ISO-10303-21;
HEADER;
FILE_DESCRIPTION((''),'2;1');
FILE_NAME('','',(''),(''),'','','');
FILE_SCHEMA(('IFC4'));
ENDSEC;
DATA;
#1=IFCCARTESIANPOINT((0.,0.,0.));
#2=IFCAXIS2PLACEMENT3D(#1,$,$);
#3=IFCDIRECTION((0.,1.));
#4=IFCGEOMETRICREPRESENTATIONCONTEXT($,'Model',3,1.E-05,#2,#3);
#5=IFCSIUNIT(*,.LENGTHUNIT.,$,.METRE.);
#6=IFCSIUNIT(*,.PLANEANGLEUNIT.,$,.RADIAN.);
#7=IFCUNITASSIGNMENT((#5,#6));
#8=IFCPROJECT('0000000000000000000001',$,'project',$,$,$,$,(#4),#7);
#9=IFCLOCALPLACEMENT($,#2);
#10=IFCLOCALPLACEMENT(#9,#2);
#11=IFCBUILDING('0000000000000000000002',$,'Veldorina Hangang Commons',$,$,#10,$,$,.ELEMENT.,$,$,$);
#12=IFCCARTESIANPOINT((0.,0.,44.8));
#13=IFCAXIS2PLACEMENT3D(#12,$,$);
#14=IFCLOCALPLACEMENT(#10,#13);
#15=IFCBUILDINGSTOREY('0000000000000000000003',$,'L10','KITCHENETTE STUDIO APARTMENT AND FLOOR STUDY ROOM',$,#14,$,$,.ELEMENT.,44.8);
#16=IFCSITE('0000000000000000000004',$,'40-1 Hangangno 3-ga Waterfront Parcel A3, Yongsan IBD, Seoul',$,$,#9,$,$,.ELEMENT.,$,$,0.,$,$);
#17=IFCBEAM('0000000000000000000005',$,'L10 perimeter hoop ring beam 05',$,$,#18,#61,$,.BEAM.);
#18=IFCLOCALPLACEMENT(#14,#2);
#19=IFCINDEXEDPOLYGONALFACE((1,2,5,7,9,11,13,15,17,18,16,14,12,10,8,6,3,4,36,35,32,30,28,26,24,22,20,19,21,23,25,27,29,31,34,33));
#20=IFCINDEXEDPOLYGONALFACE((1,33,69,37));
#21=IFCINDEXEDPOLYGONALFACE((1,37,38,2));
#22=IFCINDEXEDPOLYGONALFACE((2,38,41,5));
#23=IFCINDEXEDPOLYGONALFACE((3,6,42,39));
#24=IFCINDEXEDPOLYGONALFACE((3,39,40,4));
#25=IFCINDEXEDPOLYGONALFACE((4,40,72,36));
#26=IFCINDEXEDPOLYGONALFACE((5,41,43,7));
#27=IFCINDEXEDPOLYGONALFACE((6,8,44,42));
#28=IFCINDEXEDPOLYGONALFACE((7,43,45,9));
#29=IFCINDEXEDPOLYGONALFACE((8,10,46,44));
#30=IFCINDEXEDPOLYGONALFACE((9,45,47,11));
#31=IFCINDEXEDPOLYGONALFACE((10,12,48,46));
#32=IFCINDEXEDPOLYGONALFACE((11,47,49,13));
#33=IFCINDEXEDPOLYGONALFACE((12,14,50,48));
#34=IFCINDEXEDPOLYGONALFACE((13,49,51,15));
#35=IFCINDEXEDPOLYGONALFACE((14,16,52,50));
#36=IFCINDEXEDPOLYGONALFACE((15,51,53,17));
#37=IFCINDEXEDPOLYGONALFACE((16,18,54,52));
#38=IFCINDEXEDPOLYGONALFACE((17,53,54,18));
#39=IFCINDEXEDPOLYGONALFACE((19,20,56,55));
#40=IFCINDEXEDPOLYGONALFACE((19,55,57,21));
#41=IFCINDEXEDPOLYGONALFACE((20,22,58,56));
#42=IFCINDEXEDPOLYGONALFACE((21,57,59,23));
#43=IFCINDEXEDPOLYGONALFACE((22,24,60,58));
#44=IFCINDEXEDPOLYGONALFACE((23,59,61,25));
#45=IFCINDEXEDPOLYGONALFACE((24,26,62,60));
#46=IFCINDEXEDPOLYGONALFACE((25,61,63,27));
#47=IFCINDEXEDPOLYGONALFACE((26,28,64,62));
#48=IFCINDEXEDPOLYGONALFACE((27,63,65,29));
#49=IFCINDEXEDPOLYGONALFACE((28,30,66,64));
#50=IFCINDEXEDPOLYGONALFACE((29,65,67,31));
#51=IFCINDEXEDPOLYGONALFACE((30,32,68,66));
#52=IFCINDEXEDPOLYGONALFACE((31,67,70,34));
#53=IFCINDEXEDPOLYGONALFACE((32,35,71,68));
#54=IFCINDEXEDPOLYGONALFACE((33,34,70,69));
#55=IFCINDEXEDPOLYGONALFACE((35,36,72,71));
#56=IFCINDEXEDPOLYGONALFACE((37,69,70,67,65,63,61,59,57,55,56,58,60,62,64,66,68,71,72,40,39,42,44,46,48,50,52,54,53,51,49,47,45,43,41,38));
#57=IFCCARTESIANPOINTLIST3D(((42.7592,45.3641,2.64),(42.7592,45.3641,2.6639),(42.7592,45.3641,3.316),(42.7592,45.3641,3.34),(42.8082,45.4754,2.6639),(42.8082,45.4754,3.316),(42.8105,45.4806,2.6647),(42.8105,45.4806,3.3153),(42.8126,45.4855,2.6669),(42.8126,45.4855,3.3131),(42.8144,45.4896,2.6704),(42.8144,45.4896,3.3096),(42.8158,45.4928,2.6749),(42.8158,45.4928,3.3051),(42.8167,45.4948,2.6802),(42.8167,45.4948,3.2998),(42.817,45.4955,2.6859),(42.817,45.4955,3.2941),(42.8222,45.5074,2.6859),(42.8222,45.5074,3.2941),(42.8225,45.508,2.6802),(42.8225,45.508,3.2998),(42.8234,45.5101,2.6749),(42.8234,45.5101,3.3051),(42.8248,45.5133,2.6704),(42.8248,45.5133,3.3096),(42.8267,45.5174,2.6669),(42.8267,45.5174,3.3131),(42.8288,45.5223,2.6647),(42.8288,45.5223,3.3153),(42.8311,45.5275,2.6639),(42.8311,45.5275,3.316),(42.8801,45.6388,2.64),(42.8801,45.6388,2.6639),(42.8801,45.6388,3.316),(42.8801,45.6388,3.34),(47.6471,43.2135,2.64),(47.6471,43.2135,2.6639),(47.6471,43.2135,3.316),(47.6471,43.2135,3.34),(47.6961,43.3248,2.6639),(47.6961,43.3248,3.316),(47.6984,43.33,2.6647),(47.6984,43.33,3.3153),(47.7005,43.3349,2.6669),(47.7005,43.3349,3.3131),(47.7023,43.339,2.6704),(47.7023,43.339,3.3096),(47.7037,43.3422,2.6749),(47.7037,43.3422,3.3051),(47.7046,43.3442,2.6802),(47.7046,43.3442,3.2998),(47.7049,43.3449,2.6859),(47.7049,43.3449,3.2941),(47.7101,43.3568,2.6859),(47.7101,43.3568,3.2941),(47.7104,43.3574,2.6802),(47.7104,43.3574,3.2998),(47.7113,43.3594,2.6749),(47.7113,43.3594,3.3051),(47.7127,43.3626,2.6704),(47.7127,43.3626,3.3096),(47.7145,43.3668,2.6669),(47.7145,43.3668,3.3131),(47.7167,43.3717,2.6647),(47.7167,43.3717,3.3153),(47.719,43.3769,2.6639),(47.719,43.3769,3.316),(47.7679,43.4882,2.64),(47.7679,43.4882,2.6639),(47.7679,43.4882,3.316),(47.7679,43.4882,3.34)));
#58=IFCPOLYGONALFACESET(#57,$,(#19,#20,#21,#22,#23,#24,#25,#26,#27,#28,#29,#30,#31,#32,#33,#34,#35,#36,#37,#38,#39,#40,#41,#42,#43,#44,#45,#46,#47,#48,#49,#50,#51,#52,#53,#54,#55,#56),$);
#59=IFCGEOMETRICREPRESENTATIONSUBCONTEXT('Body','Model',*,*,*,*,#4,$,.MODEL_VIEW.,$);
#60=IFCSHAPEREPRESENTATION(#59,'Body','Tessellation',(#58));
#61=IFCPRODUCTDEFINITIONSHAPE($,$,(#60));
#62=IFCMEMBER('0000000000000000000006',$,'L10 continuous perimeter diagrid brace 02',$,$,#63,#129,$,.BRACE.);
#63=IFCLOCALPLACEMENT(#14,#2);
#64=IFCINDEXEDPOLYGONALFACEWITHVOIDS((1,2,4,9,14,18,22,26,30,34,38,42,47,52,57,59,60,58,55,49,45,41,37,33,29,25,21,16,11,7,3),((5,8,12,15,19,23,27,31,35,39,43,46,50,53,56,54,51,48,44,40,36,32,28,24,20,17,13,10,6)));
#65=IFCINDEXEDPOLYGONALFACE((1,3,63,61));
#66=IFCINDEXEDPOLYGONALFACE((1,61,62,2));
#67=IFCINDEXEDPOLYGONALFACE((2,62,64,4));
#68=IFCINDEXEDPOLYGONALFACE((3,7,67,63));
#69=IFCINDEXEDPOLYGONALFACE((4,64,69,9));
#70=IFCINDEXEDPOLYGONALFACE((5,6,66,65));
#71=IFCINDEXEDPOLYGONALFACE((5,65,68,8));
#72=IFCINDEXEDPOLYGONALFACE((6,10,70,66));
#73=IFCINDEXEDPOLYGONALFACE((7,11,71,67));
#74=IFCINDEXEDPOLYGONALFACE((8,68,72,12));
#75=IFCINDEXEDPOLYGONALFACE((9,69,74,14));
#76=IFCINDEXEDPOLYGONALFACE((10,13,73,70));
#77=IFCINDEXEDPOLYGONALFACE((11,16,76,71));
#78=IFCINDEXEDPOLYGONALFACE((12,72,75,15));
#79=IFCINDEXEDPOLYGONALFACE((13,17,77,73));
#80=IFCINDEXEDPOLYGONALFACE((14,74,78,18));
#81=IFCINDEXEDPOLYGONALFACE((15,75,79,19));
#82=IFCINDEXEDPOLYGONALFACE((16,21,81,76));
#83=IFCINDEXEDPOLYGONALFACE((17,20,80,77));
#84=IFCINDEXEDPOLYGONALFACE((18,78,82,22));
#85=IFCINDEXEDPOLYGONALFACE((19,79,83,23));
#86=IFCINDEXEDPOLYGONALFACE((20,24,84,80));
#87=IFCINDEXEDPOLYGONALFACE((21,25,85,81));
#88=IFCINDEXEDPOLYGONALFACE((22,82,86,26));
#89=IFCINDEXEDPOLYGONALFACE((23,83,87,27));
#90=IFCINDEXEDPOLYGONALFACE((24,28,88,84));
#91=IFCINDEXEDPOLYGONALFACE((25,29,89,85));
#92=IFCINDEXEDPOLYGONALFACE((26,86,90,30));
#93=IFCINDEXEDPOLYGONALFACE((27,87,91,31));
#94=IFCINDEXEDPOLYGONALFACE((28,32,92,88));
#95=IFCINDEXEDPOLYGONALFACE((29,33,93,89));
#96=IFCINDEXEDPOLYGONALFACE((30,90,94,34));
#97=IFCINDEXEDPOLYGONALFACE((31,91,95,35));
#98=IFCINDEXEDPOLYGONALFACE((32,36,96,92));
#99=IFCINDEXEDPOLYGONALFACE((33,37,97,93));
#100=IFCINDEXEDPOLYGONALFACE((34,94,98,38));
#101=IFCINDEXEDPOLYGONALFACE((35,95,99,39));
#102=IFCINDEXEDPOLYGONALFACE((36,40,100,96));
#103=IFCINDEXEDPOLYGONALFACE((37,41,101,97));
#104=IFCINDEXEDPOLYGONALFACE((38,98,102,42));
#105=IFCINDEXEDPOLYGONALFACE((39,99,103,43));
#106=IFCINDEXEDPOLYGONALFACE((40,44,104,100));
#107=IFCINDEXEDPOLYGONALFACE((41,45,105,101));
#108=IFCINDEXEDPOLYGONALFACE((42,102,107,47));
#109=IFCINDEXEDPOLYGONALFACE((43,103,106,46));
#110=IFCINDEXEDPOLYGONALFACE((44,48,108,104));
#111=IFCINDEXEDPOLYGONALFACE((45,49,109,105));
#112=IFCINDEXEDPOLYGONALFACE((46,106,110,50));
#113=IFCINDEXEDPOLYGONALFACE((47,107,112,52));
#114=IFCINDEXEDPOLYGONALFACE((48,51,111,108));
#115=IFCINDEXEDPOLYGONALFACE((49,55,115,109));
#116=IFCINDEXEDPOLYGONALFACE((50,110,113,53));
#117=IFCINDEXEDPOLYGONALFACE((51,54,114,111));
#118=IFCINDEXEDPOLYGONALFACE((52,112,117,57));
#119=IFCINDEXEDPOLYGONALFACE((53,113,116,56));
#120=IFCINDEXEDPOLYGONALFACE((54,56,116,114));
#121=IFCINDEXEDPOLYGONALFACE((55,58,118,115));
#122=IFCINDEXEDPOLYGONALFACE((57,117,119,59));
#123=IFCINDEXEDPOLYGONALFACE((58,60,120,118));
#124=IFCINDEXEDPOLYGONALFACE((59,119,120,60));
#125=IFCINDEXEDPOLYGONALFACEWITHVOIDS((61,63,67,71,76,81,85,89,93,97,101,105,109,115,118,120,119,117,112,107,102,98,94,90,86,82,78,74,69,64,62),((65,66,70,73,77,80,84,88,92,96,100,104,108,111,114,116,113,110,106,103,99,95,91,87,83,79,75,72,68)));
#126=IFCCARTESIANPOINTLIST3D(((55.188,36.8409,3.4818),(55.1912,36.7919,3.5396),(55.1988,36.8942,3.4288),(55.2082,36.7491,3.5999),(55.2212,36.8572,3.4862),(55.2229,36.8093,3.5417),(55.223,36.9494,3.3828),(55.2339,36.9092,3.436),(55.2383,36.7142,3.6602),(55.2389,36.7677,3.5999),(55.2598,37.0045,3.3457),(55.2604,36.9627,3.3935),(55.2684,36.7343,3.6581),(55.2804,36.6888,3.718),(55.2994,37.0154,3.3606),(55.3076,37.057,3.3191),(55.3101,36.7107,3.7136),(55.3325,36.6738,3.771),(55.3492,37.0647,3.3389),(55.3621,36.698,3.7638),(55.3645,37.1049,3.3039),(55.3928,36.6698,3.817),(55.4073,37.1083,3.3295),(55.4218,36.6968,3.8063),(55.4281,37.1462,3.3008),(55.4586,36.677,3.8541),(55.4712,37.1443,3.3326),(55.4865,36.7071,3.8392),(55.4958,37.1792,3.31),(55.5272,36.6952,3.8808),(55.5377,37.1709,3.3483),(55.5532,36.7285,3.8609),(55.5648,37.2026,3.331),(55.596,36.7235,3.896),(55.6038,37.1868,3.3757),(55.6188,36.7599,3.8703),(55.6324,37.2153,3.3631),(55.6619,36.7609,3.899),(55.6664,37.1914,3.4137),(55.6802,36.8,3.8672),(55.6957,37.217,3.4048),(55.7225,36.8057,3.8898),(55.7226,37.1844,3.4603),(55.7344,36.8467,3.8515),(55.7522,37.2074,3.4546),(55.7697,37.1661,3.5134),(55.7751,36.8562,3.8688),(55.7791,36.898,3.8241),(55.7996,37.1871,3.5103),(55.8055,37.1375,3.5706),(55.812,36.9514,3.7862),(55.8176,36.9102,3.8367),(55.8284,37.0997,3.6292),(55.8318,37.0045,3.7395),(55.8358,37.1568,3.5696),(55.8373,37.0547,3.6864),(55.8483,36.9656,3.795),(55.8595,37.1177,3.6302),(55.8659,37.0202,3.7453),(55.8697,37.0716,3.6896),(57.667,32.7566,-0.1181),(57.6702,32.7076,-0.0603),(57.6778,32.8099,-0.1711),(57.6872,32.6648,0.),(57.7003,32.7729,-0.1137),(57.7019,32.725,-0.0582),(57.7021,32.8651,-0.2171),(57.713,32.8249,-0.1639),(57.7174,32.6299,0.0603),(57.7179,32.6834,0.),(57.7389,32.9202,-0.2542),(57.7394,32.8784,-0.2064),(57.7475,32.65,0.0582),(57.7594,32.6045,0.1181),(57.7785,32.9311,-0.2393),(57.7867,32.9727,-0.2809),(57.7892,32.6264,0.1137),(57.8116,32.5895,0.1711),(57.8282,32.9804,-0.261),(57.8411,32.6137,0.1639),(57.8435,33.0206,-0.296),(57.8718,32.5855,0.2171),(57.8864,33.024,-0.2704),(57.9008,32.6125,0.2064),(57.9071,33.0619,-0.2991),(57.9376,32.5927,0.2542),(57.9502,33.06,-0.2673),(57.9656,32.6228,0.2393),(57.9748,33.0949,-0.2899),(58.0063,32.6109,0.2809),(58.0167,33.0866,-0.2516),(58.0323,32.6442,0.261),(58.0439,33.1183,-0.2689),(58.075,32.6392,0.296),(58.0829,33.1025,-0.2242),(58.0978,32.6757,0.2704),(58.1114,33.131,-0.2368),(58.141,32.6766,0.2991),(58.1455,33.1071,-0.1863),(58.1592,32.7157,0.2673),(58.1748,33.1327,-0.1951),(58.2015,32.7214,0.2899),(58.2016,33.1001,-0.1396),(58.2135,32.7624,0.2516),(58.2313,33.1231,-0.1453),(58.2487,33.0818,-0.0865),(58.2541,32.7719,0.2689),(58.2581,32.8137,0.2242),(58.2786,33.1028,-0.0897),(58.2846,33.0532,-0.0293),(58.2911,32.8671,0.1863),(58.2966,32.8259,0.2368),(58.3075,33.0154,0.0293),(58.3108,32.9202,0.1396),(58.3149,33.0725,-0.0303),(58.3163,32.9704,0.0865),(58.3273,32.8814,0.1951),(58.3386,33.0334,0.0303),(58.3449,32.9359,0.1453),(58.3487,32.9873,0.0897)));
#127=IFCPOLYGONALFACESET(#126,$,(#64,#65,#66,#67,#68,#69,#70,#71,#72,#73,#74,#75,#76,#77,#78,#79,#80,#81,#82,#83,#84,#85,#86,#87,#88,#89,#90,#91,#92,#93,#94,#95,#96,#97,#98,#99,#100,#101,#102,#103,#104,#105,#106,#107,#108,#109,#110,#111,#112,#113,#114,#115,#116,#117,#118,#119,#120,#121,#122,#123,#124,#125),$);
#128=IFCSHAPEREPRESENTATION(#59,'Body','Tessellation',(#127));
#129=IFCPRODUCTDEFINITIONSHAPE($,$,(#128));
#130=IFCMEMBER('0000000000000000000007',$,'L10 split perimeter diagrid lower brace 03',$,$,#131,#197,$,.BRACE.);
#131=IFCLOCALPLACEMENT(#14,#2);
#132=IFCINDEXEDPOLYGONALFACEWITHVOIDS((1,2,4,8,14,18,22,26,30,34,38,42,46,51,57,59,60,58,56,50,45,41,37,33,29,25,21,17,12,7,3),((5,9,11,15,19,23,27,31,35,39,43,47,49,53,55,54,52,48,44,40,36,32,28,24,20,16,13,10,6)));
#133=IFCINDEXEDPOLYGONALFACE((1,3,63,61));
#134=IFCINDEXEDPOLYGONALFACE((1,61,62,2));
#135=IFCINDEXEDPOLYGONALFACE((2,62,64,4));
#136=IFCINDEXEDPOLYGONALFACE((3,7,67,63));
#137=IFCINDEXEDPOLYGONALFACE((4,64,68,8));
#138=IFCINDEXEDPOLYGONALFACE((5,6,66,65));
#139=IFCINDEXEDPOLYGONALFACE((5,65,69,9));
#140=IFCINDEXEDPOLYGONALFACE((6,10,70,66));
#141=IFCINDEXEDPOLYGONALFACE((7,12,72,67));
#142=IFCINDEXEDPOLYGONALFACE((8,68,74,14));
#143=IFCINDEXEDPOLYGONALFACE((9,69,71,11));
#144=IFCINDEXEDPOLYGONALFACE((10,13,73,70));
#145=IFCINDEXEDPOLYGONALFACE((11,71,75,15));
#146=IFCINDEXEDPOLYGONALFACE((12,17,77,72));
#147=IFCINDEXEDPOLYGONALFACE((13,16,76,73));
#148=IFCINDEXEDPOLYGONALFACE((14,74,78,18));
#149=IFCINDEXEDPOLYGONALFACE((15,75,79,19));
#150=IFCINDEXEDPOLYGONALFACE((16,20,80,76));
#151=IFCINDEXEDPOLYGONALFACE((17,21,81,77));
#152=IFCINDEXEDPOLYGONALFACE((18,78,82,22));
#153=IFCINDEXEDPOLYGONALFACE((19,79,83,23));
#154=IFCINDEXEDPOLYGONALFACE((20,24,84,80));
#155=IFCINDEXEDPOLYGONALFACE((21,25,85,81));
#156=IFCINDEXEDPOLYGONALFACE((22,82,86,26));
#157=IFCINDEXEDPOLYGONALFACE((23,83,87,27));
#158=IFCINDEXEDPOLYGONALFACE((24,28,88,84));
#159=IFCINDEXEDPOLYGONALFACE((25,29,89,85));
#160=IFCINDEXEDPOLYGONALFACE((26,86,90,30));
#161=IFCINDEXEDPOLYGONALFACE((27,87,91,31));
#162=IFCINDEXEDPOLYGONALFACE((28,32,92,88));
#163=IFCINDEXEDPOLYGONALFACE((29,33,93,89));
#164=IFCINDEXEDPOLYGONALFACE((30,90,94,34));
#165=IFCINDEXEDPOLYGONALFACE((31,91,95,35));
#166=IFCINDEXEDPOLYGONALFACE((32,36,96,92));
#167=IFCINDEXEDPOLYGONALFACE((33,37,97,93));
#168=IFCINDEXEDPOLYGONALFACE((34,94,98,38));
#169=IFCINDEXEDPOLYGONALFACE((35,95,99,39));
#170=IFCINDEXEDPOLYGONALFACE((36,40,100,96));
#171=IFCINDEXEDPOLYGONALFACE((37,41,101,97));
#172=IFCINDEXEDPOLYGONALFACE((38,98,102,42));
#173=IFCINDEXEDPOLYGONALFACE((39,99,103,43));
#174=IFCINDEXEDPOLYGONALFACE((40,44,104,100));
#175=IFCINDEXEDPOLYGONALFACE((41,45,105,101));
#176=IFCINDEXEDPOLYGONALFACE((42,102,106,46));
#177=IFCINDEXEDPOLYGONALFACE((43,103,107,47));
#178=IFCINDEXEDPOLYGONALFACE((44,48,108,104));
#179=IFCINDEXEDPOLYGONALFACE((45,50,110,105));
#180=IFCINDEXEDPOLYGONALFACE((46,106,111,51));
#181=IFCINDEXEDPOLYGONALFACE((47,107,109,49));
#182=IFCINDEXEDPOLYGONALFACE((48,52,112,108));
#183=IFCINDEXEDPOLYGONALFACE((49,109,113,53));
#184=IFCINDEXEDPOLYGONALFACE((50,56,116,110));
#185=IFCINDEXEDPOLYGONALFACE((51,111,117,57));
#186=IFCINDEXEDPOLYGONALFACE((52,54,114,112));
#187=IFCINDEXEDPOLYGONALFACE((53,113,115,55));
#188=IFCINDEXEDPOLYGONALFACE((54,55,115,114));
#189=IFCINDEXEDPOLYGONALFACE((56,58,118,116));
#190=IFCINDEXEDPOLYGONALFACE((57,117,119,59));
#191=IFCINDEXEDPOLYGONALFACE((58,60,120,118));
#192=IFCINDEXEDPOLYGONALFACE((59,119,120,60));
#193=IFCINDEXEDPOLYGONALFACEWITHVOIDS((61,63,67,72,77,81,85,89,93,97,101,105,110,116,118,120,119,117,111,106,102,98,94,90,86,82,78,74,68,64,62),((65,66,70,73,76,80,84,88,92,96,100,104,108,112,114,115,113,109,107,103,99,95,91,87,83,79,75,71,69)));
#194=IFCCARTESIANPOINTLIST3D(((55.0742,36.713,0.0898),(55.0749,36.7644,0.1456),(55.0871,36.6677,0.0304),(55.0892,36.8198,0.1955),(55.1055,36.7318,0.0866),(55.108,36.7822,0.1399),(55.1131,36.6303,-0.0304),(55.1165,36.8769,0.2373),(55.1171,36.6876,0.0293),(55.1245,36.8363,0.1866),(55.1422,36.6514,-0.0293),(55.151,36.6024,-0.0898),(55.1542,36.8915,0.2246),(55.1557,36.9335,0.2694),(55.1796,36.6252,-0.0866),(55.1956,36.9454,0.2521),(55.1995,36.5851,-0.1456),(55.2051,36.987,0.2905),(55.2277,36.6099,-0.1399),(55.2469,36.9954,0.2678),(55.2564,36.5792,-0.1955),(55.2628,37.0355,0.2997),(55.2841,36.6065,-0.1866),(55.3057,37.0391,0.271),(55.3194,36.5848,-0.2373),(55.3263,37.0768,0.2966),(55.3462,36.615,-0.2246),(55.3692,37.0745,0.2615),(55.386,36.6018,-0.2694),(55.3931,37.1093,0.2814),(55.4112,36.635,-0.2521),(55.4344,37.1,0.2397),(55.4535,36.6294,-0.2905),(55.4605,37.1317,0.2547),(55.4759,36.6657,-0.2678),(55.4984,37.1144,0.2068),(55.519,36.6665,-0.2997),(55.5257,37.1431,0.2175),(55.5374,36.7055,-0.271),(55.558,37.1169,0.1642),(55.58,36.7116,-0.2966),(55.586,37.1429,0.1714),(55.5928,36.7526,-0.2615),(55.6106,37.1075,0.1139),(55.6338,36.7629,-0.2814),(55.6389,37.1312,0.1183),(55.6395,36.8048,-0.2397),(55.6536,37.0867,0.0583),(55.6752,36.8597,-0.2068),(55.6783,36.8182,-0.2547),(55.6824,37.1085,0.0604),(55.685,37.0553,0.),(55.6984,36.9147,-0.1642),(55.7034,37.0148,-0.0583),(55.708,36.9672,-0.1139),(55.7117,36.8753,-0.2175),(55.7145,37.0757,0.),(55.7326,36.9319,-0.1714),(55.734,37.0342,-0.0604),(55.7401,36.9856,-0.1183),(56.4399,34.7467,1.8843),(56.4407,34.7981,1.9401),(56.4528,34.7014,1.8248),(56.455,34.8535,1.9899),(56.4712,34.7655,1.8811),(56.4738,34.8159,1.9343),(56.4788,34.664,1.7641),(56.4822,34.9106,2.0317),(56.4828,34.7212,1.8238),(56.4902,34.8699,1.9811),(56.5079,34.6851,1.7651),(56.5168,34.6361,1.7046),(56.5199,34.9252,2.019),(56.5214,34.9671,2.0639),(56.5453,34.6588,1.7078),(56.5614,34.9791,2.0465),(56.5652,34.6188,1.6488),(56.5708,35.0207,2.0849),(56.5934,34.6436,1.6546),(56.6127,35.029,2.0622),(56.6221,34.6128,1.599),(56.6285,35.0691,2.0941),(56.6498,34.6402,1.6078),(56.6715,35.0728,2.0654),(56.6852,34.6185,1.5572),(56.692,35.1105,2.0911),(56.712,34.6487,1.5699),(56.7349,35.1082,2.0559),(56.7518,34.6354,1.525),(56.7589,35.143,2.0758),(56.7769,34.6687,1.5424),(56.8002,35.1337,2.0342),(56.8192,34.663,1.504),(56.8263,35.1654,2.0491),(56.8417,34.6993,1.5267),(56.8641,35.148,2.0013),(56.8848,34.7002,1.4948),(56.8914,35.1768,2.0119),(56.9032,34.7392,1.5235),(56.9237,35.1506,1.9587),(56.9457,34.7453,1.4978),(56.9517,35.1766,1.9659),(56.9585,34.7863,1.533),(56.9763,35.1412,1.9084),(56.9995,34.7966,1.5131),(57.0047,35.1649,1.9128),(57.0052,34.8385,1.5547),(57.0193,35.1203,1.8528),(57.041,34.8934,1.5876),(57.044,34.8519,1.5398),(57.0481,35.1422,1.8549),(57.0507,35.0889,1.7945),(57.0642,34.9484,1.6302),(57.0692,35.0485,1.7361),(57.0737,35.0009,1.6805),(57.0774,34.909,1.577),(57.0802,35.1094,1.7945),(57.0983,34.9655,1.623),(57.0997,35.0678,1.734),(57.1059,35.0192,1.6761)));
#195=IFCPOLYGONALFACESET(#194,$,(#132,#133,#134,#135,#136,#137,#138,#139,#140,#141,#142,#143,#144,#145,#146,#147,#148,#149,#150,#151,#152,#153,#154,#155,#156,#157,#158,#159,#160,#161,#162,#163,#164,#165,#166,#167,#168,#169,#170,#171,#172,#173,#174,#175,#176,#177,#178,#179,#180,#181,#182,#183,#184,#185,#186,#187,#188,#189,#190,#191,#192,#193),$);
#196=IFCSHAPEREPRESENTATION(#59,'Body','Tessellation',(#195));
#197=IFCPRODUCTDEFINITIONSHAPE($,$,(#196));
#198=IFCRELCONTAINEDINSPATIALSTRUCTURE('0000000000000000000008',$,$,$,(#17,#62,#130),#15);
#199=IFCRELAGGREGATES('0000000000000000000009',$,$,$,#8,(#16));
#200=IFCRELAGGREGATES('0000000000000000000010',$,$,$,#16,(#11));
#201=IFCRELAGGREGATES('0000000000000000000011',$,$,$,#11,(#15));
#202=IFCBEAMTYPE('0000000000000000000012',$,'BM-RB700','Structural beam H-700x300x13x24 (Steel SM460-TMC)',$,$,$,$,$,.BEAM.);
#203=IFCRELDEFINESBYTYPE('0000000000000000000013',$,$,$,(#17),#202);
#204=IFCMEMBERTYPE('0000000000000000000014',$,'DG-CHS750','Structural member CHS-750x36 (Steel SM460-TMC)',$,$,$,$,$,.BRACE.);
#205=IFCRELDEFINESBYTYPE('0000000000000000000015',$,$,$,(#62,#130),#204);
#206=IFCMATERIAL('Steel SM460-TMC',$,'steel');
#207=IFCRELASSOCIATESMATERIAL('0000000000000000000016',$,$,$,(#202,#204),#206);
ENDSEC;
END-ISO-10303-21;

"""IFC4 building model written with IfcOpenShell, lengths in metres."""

from ifc_helpers import new_model, si_unit, direction, frame, origin, origin_2d, place, context, subcontext, project, spatial, hollow_circle, i_section, extrude, material, material_profile, profile_set, type_object, element, save


model = new_model("IFC4")

# Units and contexts
model_context = context("Model", 3, precision=1e-05, world=origin(), true_north=direction((0.0, 1.0)))
body_context = subcontext(model_context, "Body", "Model", "MODEL_VIEW")
ifc_project = project(units=[si_unit("LENGTHUNIT", "METRE"), si_unit("PLANEANGLEUNIT", "RADIAN")], contexts=[model_context])

# Site, building, storey
site_placement = place(None, origin())
site = spatial("IfcSite", under=ifc_project, at=site_placement, Name="40-1 Hangangno 3-ga Waterfront Parcel A3, Yongsan IBD, Seoul", CompositionType="ELEMENT", RefElevation=0.0)
building_placement = place(site_placement, origin())
building = spatial("IfcBuilding", under=site, at=building_placement, Name="Veldorina Hangang Commons", CompositionType="ELEMENT")
storey_placement = place(building_placement, frame((0.0, 0.0, 44.8)))
storey = spatial("IfcBuildingStorey", under=building, at=storey_placement, Name="L10", Description="KITCHENETTE STUDIO APARTMENT AND FLOOR STUDY ROOM", CompositionType="ELEMENT", Elevation=44.8)

# Beam
ifc_material_1 = material(Name="Steel SM460-TMC", Category="steel")
ifc_material_profile_1 = material_profile(ifc_material_1, i_section(OverallWidth=0.3, OverallDepth=0.7, WebThickness=0.0129, FlangeThickness=0.0239, FilletRadius=0.022, at=origin_2d()), Name="H-700x300x13x24")
ifc_profile_set_1 = profile_set([ifc_material_profile_1], Name="Steel SM460-TMC")
beam_type_1 = type_object("IfcBeamType", Name="BM-RB700", Description="Structural beam H-700x300x13x24 (Steel SM460-TMC)", PredefinedType="BEAM", material=ifc_profile_set_1)
beam_1_placement = place(storey_placement, frame((47.7075, 43.3508, 2.99), z_axis=(-0.915319, 0.402729, 0.0), x_axis=(-0.402729, -0.915319, 0.0)))
element("IfcBeam", 1, at=beam_1_placement, inside=storey, type_object=beam_type_1, Name="L10 perimeter hoop ring beam 05", PredefinedType="BEAM", context=body_context, shape_type="SweptSolid", body=[
    extrude(i_section(OverallWidth=0.3, OverallDepth=0.7, WebThickness=0.0129, FlangeThickness=0.0239, FilletRadius=0.022, at=origin_2d()), origin(), (0.0, 0.0, 1.0), 5.3401),
])

# Members
ifc_material_profile_2 = material_profile(ifc_material_1, hollow_circle(Radius=0.375, WallThickness=0.0359, at=origin_2d()), Name="CHS-750x36")
ifc_profile_set_2 = profile_set([ifc_material_profile_2], Name="Steel SM460-TMC")
member_type = type_object("IfcMemberType", Name="DG-CHS750", Description="Structural member CHS-750x36 (Steel SM460-TMC)", PredefinedType="BRACE", material=ifc_profile_set_2)
member_1_placement = place(storey_placement, frame((58.0078, 32.8594, 0.0), z_axis=(-0.414405, 0.682743, 0.601772), x_axis=(-0.854853, -0.51887, 0.0)))
element("IfcMember", 2, at=member_1_placement, inside=storey, type_object=member_type, Name="L10 continuous perimeter diagrid brace 02", PredefinedType="BRACE", context=body_context, shape_type="SweptSolid", body=[
    extrude(hollow_circle(Radius=0.375, WallThickness=0.0359, at=origin_2d()), origin(), (0.0, 0.0, 1.0), 5.9822),
])
member_2_placement = place(storey_placement, frame((55.4065, 36.8618, 0.0), z_axis=(0.456471, -0.657207, 0.599761), x_axis=(0.821325, 0.570461, 0.0)))
element("IfcMember", 3, at=member_2_placement, inside=storey, type_object=member_type, Name="L10 split perimeter diagrid lower brace 03", PredefinedType="BRACE", context=body_context, shape_type="SweptSolid", body=[
    extrude(hollow_circle(Radius=0.375, WallThickness=0.0359, at=origin_2d()), origin(), (0.0, 0.0, 1.0), 2.9919),
])

save(model, "model.ifc")
